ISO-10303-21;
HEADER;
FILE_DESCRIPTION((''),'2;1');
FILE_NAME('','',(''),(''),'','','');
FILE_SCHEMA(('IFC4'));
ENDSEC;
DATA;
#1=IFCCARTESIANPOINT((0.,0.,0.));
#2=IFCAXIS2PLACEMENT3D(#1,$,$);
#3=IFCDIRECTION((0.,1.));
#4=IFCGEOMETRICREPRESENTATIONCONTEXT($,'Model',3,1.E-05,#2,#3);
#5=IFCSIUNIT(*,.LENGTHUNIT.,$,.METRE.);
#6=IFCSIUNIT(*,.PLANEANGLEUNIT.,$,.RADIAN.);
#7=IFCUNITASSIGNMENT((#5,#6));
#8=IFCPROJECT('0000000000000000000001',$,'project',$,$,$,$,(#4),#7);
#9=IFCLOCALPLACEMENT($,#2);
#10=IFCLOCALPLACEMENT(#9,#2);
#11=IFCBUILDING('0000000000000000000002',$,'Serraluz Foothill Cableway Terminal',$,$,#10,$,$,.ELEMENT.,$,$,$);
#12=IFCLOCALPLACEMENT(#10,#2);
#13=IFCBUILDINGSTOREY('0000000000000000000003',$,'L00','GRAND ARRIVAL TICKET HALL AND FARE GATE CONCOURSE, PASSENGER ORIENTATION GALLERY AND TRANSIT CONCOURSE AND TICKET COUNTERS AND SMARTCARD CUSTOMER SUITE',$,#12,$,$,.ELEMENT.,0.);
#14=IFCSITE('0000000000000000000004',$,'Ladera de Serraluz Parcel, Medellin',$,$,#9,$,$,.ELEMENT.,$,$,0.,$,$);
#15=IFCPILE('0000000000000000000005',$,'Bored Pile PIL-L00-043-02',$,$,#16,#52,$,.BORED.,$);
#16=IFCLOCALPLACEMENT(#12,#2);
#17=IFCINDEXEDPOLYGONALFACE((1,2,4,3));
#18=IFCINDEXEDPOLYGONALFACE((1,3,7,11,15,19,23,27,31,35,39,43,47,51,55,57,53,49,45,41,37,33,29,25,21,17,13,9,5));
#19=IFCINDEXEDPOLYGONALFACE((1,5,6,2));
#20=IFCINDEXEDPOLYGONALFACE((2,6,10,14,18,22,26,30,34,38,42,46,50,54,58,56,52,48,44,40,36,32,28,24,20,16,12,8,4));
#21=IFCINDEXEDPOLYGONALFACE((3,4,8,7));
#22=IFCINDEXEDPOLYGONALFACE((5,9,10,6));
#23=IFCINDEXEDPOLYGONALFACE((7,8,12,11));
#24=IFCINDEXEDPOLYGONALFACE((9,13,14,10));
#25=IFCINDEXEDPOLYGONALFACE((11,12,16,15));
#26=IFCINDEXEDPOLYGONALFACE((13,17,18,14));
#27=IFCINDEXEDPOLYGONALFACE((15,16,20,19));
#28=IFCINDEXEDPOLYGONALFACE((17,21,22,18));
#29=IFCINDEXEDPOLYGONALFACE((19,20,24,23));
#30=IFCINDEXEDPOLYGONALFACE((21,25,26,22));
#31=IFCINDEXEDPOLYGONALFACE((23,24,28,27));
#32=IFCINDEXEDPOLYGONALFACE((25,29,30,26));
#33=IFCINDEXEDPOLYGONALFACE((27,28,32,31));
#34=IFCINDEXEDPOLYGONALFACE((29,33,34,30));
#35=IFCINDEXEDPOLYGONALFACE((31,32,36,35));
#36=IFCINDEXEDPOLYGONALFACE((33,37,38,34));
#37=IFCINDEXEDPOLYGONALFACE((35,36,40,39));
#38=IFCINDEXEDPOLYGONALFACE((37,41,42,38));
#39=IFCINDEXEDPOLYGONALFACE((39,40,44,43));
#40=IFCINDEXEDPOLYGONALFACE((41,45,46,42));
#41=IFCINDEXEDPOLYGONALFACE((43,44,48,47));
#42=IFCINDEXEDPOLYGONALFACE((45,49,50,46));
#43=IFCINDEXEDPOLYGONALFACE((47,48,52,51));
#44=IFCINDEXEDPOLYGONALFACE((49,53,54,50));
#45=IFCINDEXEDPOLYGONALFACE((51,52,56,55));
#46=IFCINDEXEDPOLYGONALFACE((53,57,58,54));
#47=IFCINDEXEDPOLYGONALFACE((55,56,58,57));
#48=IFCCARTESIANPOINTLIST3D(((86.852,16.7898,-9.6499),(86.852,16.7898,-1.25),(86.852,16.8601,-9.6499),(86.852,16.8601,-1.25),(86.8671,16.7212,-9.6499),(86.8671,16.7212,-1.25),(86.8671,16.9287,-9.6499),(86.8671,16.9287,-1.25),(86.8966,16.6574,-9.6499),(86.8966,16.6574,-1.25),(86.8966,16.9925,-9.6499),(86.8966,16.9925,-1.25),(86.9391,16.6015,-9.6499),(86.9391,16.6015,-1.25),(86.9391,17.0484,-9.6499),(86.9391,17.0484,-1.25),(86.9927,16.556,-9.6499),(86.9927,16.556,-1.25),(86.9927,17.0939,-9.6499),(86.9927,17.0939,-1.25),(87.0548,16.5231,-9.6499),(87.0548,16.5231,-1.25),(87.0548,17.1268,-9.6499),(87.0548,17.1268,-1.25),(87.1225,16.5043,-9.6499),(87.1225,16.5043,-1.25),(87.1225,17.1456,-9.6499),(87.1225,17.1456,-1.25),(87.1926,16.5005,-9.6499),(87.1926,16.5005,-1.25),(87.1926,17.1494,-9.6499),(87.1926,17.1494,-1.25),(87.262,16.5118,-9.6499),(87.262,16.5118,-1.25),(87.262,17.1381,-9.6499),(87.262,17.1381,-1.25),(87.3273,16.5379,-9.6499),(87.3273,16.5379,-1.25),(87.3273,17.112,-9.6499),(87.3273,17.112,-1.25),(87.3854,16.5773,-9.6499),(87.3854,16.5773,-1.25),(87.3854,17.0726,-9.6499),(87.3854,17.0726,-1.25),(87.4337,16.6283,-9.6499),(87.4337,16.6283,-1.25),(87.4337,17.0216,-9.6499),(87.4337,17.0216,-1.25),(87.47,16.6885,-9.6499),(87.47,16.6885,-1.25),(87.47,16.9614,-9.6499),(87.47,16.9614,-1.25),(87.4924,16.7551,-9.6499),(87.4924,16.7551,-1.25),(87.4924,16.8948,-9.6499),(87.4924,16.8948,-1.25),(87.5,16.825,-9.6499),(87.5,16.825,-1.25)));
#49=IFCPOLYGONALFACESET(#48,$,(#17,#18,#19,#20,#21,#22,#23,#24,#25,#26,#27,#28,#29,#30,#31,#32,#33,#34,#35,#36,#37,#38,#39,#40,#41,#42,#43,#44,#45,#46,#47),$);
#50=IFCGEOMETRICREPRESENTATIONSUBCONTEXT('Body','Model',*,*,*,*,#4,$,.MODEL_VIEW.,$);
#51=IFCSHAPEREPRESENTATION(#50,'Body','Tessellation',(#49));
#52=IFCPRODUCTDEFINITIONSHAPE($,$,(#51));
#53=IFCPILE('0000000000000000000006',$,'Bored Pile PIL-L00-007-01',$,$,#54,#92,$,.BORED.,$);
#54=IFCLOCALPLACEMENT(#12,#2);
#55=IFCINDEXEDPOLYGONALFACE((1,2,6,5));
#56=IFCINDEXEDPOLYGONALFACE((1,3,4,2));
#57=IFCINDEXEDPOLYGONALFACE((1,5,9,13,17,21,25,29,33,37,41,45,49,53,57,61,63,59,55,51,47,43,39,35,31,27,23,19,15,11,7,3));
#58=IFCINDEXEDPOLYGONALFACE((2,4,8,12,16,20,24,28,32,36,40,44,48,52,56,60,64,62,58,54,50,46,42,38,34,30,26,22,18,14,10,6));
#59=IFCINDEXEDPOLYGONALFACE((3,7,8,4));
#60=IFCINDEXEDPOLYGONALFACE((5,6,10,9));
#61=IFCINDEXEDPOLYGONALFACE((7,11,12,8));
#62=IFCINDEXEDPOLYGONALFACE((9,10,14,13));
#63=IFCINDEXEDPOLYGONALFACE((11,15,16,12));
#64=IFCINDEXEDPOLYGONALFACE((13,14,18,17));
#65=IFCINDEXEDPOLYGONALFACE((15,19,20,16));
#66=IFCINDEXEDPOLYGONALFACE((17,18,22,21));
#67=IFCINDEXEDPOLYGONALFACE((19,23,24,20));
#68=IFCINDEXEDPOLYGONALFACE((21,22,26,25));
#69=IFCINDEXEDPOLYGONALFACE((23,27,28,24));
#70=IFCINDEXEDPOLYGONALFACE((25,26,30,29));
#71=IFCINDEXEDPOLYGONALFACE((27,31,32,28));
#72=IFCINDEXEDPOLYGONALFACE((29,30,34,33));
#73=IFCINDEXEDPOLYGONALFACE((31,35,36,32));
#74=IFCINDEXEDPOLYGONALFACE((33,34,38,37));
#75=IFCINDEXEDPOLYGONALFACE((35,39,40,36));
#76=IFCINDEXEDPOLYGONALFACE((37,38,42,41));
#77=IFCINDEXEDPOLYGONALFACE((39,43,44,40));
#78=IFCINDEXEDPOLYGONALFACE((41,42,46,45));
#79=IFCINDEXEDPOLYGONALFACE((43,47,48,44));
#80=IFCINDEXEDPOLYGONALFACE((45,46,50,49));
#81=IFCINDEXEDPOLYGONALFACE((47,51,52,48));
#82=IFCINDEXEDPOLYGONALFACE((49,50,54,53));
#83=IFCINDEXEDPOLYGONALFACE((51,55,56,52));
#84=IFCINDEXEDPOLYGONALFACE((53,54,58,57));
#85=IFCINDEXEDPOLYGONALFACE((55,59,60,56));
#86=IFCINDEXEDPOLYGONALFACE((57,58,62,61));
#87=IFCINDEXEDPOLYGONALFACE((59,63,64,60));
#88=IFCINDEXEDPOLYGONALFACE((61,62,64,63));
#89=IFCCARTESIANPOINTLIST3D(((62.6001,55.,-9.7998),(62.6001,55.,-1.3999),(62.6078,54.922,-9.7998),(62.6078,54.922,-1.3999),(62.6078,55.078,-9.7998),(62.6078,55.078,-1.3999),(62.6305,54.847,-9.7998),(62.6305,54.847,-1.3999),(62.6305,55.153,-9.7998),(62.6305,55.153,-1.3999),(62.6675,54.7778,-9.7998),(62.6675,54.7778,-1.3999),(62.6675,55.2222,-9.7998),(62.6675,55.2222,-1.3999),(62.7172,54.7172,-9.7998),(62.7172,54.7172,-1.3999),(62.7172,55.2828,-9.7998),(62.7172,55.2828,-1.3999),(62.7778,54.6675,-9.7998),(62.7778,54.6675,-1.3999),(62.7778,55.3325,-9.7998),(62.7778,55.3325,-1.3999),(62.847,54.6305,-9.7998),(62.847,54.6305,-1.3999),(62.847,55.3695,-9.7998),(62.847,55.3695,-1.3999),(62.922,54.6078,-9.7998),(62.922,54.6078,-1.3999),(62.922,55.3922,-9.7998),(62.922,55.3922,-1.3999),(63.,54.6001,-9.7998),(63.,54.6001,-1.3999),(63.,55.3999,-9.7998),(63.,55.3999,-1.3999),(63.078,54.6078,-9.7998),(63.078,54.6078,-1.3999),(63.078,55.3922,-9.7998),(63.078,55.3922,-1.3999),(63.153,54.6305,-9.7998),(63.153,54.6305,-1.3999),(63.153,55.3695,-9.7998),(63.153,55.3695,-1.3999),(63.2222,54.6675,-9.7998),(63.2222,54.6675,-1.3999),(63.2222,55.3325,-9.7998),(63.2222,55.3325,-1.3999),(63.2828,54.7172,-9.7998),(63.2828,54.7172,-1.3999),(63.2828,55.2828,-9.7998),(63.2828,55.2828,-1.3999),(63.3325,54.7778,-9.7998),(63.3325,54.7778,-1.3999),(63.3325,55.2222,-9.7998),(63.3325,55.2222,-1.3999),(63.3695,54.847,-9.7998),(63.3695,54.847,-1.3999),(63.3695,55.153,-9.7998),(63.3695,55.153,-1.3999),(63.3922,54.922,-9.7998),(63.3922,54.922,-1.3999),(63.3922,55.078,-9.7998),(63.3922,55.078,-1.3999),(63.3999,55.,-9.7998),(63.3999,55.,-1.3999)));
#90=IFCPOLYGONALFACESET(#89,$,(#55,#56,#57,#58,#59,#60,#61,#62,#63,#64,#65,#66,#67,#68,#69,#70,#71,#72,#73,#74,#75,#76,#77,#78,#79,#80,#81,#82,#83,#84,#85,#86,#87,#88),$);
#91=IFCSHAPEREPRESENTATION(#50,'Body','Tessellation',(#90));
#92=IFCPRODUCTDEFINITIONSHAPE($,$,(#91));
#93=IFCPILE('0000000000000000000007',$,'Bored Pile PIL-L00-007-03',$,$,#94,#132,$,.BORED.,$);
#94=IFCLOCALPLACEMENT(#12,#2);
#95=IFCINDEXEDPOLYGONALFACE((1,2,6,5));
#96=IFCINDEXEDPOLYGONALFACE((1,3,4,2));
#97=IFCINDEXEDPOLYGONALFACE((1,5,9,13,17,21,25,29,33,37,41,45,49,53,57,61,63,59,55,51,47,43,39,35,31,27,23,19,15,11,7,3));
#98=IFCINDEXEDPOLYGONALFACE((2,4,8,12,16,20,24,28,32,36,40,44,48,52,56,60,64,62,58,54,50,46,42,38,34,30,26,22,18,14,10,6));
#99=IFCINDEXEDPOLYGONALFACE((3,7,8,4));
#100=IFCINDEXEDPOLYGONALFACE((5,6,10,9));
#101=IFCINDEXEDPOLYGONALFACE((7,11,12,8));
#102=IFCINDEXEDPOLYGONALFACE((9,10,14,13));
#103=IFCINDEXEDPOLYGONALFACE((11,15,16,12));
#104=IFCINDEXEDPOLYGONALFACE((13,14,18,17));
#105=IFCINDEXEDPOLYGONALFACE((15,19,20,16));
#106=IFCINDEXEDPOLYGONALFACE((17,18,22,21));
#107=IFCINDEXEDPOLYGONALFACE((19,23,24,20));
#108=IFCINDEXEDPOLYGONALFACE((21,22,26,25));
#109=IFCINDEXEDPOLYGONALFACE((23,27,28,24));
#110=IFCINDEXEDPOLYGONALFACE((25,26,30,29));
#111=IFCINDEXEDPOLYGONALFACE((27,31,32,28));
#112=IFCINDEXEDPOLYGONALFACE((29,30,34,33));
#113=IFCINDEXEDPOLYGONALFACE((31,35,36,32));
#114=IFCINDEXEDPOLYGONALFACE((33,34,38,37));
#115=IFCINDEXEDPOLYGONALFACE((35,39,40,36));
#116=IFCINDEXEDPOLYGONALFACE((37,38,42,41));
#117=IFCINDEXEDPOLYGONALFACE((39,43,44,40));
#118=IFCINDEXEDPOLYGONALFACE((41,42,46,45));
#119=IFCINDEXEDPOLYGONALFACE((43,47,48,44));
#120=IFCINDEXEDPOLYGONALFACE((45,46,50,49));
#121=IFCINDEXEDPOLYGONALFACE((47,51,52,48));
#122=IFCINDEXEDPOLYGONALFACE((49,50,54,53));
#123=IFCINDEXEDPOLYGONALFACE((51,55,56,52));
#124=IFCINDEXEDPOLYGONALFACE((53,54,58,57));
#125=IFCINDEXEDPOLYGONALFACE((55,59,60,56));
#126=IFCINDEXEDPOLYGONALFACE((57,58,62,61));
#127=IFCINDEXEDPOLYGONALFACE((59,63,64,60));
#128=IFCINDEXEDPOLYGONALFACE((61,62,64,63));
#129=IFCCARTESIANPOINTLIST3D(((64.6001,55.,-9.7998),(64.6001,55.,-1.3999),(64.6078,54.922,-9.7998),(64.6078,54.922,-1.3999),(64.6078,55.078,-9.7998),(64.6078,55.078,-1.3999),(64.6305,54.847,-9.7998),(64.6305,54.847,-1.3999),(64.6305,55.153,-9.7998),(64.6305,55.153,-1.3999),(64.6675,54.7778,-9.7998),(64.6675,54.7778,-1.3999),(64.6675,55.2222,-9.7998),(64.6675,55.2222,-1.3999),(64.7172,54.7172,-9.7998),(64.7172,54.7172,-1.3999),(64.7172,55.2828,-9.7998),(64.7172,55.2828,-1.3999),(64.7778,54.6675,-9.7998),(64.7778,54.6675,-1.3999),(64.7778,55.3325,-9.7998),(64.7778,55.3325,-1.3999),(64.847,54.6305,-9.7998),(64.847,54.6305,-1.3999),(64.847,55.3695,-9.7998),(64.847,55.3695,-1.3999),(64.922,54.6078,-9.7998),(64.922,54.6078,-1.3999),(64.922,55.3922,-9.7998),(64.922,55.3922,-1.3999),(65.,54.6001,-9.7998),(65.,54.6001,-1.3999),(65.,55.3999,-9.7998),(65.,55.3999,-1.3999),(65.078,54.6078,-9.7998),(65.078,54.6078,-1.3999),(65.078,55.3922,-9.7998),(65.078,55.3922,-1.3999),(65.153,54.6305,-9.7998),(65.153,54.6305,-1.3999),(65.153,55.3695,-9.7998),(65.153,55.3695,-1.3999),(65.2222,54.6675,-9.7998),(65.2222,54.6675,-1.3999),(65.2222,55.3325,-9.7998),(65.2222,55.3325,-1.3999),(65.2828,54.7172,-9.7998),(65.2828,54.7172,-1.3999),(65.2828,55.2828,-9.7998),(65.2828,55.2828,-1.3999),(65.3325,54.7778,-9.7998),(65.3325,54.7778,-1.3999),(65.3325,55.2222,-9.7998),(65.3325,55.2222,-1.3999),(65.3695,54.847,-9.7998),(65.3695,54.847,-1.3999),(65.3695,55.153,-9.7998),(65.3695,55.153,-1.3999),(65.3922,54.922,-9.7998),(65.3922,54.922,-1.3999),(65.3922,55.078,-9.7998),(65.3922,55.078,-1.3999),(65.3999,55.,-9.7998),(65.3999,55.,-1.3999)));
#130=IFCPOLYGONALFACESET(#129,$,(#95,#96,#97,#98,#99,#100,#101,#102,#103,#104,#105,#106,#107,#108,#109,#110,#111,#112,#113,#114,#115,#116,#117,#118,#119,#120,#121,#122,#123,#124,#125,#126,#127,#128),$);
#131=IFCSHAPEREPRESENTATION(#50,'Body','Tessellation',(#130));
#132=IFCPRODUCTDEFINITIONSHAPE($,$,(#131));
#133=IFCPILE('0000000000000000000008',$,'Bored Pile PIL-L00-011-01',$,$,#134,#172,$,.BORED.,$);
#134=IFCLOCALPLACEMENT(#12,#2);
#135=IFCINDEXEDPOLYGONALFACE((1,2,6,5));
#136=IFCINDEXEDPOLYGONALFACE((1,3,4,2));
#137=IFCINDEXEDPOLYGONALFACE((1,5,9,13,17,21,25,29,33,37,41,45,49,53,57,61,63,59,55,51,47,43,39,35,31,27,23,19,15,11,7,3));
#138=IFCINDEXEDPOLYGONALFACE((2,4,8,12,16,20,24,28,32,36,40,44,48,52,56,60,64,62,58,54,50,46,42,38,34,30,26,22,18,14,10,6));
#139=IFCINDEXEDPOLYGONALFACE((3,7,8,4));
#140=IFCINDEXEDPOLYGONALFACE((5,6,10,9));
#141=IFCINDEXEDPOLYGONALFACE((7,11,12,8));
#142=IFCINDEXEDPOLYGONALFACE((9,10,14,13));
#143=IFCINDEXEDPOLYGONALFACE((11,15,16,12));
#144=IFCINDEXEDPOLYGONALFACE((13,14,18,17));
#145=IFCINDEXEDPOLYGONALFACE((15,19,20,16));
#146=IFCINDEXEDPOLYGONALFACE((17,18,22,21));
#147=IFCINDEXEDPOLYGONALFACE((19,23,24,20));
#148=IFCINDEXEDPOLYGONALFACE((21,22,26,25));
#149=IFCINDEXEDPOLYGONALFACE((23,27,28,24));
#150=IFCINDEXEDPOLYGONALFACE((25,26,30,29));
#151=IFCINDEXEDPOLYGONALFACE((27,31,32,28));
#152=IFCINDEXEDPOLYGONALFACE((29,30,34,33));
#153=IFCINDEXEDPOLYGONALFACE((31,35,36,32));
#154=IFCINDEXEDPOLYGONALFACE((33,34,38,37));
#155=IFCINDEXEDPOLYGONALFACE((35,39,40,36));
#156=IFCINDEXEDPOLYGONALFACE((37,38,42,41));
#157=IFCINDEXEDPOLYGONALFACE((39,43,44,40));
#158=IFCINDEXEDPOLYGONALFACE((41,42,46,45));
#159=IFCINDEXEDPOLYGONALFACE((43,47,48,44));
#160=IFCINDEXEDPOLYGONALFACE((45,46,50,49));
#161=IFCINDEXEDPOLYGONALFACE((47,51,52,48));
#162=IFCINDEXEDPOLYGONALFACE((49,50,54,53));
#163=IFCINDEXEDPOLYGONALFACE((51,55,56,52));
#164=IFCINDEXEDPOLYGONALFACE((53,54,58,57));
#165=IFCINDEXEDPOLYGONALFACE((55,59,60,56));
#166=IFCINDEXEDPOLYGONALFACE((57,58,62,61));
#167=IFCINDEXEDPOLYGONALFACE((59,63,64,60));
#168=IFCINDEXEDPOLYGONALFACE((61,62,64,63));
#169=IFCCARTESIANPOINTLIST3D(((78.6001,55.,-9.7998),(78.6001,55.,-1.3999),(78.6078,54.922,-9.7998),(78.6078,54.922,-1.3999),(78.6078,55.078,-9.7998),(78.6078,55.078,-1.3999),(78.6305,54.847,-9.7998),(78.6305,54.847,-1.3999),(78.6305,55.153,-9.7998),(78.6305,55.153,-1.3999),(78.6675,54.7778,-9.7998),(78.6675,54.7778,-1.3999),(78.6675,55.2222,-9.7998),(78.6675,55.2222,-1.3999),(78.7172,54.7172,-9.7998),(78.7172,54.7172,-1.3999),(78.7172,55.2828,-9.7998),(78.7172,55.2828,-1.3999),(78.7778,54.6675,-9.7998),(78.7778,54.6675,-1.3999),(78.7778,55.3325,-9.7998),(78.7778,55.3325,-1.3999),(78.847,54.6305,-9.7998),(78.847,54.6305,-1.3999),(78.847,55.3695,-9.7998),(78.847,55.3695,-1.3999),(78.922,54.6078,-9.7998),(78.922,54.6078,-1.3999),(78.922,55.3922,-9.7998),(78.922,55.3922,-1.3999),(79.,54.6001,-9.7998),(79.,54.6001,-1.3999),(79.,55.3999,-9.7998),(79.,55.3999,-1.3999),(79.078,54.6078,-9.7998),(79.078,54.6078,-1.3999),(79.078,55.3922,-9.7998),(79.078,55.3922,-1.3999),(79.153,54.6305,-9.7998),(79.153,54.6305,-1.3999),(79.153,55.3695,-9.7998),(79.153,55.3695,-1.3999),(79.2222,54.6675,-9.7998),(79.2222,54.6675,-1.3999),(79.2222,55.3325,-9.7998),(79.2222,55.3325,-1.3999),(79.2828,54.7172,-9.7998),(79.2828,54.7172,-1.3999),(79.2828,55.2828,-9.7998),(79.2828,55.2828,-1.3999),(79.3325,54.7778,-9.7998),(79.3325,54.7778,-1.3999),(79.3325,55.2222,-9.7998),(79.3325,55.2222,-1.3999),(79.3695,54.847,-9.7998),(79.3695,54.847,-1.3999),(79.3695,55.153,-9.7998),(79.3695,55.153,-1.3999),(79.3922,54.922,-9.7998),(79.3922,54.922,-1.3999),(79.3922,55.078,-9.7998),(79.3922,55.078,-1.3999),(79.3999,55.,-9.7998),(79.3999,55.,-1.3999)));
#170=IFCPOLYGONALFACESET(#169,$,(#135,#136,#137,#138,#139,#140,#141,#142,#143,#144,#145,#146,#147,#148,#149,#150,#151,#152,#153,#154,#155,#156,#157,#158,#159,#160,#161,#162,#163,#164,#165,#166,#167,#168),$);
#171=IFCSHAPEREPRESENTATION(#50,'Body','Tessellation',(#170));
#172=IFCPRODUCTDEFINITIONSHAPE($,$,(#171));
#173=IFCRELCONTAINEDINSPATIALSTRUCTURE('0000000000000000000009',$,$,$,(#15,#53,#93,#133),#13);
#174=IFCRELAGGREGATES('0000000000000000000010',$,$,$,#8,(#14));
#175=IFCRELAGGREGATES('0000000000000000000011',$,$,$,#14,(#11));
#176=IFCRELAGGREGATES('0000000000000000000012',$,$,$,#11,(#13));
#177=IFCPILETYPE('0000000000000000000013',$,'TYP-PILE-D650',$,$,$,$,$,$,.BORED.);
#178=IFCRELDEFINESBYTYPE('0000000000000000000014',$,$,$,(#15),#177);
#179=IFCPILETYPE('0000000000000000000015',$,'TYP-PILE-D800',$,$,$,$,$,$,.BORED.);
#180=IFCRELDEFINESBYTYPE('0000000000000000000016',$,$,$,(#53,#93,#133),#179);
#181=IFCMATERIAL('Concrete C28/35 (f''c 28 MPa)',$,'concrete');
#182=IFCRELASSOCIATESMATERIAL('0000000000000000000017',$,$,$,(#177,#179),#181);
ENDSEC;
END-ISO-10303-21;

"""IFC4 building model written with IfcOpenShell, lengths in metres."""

from ifc_helpers import new_model, si_unit, direction, frame, origin, origin_2d, place, context, subcontext, project, spatial, circle, extrude, material, material_profile, profile_set, type_object, element, save


model = new_model("IFC4")

# Units and contexts
model_context = context("Model", 3, precision=1e-05, world=origin(), true_north=direction((0.0, 1.0)))
body_context = subcontext(model_context, "Body", "Model", "MODEL_VIEW")
ifc_project = project(units=[si_unit("LENGTHUNIT", "METRE"), si_unit("PLANEANGLEUNIT", "RADIAN")], contexts=[model_context])

# Site, building, storey
site_placement = place(None, origin())
site = spatial("IfcSite", under=ifc_project, at=site_placement, Name="Ladera de Serraluz Parcel, Medellin", CompositionType="ELEMENT", RefElevation=0.0)
building_placement = place(site_placement, origin())
building = spatial("IfcBuilding", under=site, at=building_placement, Name="Serraluz Foothill Cableway Terminal", CompositionType="ELEMENT")
storey_placement = place(building_placement, origin())
storey = spatial("IfcBuildingStorey", under=building, at=storey_placement, Name="L00", Description="GRAND ARRIVAL TICKET HALL AND FARE GATE CONCOURSE, PASSENGER ORIENTATION GALLERY AND TRANSIT CONCOURSE AND TICKET COUNTERS AND SMARTCARD CUSTOMER SUITE", CompositionType="ELEMENT", Elevation=0.0)

# Piles
ifc_material_1 = material(Name="Concrete C28/35 (f'c 28 MPa)", Category="concrete")
ifc_material_profile_1 = material_profile(ifc_material_1, circle(Radius=0.325, at=origin_2d()), Name="BORED PILE D650")
ifc_profile_set_1 = profile_set([ifc_material_profile_1], Name="Concrete C28/35 (f'c 28 MPa)")
pile_type_1 = type_object("IfcPileType", Name="TYP-PILE-D650", PredefinedType="BORED", material=ifc_profile_set_1)
for number, where, z_axis, x_axis, name in (
    (1, (87.175, 16.825, -1.25), (0.0, 0.0, -1.0), (1.0, 0.0, 0.0), "Bored Pile PIL-L00-043-02"),
):
    element("IfcPile", number, at=place(storey_placement, frame(where, z_axis=z_axis, x_axis=x_axis)), inside=storey, type_object=pile_type_1, Name=name, PredefinedType="BORED", context=body_context, shape_type="SweptSolid", body=[
        extrude(circle(Radius=0.325, at=origin_2d()), origin(), (0.0, 0.0, 1.0), 8.3999),
    ])
ifc_material_profile_2 = material_profile(ifc_material_1, circle(Radius=0.3999, at=origin_2d()), Name="BORED PILE D800")
ifc_profile_set_2 = profile_set([ifc_material_profile_2], Name="Concrete C28/35 (f'c 28 MPa)")
pile_type_2 = type_object("IfcPileType", Name="TYP-PILE-D800", PredefinedType="BORED", material=ifc_profile_set_2)
for number, where, z_axis, x_axis, name in (
    (2, (63.0, 55.0, -1.3999), (0.0, 0.0, -1.0), (1.0, 0.0, 0.0), "Bored Pile PIL-L00-007-01"),
    (3, (65.0, 55.0, -1.3999), (0.0, 0.0, -1.0), (1.0, 0.0, 0.0), "Bored Pile PIL-L00-007-03"),
    (4, (79.0, 55.0, -1.3999), (0.0, 0.0, -1.0), (1.0, 0.0, 0.0), "Bored Pile PIL-L00-011-01"),
):
    element("IfcPile", number, at=place(storey_placement, frame(where, z_axis=z_axis, x_axis=x_axis)), inside=storey, type_object=pile_type_2, Name=name, PredefinedType="BORED", context=body_context, shape_type="SweptSolid", body=[
        extrude(circle(Radius=0.3999, at=origin_2d()), origin(), (0.0, 0.0, 1.0), 8.3999),
    ])

save(model, "model.ifc")
